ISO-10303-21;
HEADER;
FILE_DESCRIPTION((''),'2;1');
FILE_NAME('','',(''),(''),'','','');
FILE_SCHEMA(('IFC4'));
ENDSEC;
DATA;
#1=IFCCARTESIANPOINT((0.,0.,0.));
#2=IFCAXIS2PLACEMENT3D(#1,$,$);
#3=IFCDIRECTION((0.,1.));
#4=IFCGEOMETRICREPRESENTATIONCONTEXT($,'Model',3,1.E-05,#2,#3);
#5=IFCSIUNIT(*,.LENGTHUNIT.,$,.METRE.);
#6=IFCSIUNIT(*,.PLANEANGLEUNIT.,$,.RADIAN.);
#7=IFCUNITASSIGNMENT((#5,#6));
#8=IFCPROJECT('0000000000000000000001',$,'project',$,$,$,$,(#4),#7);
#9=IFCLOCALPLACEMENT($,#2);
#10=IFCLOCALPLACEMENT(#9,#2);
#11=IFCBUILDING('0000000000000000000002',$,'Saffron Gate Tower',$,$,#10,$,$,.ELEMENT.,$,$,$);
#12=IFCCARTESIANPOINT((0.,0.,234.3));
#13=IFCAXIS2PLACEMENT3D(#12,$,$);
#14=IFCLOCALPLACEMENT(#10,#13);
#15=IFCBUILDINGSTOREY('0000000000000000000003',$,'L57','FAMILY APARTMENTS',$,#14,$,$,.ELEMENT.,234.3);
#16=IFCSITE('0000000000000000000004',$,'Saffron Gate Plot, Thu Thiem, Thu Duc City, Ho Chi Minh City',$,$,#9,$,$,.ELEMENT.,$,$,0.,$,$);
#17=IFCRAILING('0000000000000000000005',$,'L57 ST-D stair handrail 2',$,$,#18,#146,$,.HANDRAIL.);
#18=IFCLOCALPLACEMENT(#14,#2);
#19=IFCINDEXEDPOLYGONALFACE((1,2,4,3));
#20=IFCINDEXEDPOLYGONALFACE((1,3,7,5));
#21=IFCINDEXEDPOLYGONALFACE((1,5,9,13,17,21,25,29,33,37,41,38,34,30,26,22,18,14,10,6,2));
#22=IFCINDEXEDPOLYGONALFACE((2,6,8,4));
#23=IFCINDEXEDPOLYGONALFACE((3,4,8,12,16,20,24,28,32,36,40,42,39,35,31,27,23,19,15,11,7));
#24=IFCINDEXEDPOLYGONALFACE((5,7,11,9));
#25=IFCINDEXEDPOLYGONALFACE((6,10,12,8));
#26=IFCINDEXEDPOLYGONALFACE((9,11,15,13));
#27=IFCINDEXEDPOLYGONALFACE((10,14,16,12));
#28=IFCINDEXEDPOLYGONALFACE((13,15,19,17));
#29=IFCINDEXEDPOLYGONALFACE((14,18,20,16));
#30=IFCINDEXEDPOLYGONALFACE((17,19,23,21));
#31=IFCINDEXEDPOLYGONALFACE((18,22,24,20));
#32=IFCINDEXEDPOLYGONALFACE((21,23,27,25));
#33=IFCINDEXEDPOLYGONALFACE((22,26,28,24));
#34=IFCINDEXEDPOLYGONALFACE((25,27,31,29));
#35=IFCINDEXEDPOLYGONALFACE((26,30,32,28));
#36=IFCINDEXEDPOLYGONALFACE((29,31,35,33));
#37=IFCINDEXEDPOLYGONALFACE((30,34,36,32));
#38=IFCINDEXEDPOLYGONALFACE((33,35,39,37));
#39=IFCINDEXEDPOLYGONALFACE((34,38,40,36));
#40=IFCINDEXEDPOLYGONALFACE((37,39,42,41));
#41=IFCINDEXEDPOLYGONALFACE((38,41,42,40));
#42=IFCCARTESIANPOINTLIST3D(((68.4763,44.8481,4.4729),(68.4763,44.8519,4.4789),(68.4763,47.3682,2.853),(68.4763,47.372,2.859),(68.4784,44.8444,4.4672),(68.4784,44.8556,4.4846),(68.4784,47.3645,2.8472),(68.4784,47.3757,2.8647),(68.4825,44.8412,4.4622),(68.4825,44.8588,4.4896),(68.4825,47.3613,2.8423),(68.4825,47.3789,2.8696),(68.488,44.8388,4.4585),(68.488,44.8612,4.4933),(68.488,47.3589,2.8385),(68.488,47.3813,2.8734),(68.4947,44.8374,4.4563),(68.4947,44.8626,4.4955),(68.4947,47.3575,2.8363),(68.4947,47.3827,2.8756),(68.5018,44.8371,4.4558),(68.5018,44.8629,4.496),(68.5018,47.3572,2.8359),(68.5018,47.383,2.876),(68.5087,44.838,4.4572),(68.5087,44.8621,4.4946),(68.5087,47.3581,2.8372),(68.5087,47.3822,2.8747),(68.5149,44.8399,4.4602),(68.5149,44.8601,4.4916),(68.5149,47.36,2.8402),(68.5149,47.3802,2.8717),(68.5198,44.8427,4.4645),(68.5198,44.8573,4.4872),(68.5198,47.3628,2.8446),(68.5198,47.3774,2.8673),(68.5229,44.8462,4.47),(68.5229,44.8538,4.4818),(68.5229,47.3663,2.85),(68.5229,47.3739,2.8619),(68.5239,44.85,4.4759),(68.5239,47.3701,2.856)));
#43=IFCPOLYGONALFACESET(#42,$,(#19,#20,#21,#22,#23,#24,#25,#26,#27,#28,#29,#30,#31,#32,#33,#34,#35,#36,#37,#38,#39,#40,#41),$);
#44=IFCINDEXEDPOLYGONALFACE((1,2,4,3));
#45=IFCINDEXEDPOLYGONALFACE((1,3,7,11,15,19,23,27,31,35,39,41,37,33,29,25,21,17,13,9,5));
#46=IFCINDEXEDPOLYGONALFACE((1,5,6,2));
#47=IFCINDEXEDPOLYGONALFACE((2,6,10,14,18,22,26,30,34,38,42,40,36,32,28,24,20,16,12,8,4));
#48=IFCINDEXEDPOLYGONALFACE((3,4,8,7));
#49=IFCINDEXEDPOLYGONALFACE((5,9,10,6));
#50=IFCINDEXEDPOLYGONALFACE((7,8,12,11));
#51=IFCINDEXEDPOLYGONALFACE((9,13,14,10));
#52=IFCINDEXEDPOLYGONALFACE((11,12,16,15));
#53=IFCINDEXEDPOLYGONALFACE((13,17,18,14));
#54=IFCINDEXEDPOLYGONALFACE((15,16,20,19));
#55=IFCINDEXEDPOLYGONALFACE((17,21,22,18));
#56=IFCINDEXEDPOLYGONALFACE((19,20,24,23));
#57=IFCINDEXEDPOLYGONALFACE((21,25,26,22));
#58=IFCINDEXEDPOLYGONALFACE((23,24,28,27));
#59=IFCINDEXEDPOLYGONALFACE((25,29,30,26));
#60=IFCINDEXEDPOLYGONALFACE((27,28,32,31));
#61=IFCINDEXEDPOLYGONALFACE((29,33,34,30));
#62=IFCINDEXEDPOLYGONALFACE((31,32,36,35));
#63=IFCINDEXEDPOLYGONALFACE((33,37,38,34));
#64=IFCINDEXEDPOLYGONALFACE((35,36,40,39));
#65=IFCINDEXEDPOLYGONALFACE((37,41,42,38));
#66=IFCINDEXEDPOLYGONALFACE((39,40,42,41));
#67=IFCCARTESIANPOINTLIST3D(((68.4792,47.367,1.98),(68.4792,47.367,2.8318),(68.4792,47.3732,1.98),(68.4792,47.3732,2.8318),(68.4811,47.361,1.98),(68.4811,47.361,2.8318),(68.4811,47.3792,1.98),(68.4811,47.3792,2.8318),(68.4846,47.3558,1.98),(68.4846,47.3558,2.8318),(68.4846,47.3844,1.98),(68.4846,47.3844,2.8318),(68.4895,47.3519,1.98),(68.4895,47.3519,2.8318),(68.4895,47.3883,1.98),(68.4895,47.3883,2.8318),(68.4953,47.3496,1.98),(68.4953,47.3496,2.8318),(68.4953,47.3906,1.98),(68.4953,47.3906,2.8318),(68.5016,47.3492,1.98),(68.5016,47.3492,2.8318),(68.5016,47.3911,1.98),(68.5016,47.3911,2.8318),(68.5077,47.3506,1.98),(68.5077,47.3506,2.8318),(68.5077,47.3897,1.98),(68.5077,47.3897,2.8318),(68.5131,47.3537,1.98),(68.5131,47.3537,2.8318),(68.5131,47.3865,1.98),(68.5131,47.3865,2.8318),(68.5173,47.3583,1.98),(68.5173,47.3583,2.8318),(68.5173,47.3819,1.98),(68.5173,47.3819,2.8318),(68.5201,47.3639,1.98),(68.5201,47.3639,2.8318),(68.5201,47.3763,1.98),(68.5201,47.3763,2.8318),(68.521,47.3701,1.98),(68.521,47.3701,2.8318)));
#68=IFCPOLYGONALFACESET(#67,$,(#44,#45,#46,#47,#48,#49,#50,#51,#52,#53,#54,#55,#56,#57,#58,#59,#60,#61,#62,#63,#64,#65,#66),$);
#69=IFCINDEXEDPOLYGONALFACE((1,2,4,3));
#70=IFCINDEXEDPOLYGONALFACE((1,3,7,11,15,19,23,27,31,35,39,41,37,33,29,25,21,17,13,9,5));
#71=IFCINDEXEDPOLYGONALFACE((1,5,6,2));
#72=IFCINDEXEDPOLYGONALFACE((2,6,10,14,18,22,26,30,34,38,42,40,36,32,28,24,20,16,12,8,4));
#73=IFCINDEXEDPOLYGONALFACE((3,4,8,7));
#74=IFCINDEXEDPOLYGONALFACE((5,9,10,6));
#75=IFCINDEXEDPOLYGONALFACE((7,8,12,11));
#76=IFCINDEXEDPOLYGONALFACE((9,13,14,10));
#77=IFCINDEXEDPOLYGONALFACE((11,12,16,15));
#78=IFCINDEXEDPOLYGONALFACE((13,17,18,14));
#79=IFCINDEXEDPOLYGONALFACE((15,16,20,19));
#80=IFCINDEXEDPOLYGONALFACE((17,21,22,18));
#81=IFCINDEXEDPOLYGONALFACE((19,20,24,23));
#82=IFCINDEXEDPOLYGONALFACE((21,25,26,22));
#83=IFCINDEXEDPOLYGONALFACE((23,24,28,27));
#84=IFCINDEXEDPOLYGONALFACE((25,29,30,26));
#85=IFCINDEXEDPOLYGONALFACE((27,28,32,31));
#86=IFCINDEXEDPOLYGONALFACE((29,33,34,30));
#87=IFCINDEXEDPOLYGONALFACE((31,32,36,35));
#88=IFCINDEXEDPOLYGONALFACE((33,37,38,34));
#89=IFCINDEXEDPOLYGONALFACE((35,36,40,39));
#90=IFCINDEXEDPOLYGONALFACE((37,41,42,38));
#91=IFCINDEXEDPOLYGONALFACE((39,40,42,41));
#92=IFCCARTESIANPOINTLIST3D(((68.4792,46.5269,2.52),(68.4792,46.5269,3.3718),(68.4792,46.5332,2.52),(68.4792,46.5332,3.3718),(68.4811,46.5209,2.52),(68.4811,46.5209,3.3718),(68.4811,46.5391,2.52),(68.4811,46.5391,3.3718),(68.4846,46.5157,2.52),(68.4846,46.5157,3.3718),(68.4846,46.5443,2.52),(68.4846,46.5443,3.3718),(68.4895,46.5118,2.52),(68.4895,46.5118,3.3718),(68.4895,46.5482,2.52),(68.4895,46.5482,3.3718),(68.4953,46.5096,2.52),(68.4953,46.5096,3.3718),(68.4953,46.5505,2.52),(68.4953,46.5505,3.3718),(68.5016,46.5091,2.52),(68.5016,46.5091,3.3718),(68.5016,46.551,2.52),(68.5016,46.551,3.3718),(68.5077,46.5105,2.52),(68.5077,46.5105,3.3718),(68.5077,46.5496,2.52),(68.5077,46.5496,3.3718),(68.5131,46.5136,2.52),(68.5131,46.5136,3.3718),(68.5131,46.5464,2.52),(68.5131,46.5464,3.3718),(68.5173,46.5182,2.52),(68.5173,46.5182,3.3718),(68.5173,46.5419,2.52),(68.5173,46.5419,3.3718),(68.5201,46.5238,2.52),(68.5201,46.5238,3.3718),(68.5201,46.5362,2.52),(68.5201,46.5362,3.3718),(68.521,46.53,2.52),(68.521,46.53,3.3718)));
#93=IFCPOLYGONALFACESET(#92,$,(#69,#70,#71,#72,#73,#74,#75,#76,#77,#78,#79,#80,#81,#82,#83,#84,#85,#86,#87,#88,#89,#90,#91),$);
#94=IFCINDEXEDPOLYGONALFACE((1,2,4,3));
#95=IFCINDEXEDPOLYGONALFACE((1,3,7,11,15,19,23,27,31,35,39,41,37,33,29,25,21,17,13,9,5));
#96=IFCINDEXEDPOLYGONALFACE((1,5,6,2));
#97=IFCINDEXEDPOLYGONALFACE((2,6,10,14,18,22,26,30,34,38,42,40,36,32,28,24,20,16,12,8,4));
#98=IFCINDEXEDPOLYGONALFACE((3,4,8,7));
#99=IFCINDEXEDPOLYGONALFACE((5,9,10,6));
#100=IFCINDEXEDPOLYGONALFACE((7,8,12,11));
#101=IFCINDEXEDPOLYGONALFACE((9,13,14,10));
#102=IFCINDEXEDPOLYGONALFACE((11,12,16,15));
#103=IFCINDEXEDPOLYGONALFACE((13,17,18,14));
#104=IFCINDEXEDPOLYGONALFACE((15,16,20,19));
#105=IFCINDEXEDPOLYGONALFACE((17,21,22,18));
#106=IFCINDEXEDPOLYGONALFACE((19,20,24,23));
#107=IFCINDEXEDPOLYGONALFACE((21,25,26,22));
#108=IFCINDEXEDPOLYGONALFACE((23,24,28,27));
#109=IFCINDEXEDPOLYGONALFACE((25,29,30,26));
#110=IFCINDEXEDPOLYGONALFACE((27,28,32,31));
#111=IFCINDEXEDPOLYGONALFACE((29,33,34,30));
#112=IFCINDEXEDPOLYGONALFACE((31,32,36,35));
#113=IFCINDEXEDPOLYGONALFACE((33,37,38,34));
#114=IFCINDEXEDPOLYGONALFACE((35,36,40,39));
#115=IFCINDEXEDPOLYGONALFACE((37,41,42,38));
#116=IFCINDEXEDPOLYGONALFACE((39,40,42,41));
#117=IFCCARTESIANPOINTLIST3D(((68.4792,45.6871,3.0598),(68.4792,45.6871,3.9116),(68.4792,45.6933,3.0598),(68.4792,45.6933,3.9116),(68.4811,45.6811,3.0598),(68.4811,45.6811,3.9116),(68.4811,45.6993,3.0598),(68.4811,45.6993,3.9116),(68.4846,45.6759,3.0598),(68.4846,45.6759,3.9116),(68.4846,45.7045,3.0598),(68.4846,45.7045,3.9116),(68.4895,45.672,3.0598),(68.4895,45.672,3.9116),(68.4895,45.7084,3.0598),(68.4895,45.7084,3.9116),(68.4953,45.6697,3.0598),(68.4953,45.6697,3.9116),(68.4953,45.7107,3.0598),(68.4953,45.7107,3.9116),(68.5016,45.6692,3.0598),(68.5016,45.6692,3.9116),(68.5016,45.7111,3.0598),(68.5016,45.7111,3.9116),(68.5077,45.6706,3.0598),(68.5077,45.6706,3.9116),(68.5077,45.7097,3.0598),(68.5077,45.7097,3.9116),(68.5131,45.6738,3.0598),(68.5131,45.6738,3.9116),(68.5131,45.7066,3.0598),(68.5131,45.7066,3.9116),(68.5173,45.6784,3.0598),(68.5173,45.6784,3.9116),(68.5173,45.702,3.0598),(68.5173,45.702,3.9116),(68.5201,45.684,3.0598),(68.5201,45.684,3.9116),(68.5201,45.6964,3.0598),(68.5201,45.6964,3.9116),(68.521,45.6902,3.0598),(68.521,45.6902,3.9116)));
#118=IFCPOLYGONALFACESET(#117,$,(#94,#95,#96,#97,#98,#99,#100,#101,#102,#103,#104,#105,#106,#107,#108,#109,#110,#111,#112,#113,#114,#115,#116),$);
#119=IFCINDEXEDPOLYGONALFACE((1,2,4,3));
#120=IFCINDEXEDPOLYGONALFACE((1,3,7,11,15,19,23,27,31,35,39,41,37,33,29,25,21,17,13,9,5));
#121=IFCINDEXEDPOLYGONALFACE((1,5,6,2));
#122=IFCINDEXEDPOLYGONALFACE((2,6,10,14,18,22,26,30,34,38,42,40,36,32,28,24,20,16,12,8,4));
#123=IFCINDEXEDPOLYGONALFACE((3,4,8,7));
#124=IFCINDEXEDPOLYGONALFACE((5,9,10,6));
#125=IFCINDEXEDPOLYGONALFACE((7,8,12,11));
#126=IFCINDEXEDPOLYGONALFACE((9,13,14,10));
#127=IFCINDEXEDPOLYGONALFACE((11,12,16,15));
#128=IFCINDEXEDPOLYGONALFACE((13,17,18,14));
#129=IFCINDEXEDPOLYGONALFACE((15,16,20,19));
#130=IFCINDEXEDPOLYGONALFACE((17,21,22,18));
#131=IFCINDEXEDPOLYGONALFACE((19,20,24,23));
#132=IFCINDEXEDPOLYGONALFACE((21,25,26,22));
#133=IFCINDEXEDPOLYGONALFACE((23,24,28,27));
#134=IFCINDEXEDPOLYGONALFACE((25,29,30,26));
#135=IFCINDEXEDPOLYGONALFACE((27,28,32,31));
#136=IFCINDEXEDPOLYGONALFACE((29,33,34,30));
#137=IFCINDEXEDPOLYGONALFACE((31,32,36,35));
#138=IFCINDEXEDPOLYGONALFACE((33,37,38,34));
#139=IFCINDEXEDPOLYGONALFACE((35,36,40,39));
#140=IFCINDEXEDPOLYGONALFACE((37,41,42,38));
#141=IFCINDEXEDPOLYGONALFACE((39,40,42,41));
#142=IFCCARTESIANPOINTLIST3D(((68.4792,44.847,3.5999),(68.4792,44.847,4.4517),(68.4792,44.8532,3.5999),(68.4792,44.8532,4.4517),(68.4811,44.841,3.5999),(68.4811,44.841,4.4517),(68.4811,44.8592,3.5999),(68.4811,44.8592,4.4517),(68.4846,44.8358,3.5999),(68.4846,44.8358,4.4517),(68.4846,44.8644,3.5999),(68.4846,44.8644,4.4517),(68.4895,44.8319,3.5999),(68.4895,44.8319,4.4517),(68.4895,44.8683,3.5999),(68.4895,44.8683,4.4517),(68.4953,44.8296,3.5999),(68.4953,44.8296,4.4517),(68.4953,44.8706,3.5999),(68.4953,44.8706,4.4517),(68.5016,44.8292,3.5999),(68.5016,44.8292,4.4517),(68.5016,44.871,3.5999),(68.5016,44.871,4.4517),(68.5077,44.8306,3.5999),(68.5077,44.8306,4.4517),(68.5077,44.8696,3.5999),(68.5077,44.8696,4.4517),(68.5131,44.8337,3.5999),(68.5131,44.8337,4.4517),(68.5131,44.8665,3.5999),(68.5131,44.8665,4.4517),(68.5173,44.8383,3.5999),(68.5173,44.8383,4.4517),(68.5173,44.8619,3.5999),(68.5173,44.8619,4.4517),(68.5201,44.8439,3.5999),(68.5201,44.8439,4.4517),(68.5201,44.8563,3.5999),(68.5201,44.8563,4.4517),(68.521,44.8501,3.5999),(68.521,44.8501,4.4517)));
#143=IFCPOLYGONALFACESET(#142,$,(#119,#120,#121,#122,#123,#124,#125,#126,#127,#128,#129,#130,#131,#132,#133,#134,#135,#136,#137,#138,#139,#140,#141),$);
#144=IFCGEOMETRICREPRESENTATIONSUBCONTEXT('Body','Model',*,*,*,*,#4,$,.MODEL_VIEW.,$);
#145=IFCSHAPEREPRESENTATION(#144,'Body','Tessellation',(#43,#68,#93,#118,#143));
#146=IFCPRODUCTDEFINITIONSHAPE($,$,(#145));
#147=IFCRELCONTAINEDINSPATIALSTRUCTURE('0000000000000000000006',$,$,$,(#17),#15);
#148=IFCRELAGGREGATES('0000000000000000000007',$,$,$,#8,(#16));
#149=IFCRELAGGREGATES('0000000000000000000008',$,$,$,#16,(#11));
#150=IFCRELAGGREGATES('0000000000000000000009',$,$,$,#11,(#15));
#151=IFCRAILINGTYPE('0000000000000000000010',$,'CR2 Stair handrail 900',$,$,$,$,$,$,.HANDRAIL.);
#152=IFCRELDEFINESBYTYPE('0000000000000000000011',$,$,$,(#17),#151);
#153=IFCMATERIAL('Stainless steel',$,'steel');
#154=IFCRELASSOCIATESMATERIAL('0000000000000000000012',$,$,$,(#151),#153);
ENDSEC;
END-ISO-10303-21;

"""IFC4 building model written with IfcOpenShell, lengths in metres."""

from ifc_helpers import new_model, si_unit, direction, frame, origin, origin_2d, place, context, subcontext, project, spatial, circle, extrude, material, type_object, element, save


model = new_model("IFC4")

# Units and contexts
model_context = context("Model", 3, precision=1e-05, world=origin(), true_north=direction((0.0, 1.0)))
body_context = subcontext(model_context, "Body", "Model", "MODEL_VIEW")
ifc_project = project(units=[si_unit("LENGTHUNIT", "METRE"), si_unit("PLANEANGLEUNIT", "RADIAN")], contexts=[model_context])

# Site, building, storey
site_placement = place(None, origin())
site = spatial("IfcSite", under=ifc_project, at=site_placement, Name="Saffron Gate Plot, Thu Thiem, Thu Duc City, Ho Chi Minh City", CompositionType="ELEMENT", RefElevation=0.0)
building_placement = place(site_placement, origin())
building = spatial("IfcBuilding", under=site, at=building_placement, Name="Saffron Gate Tower", CompositionType="ELEMENT")
storey_placement = place(building_placement, frame((0.0, 0.0, 234.3)))
storey = spatial("IfcBuildingStorey", under=building, at=storey_placement, Name="L57", Description="FAMILY APARTMENTS", CompositionType="ELEMENT", Elevation=234.3)

# Railing
ifc_material_1 = material(Name="Stainless steel", Category="steel")
railing_type_1 = type_object("IfcRailingType", Name="CR2 Stair handrail 900", PredefinedType="HANDRAIL", material=ifc_material_1)
railing_1_placement = place(storey_placement, frame((68.5, 47.3701, 1.98)))
element("IfcRailing", 1, at=railing_1_placement, inside=storey, type_object=railing_type_1, Name="L57 ST-D stair handrail 2", PredefinedType="HANDRAIL", context=body_context, shape_type="SweptSolid", body=[
    extrude(circle(Radius=0.0239, at=origin_2d()), frame((0.0, 0.0, 0.876), z_axis=(0.0, -0.8412, 0.540725), x_axis=(1.0, 0.0, 0.0)), (0.0, 0.0, 1.0), 2.9958),
    extrude(circle(Radius=0.021, at=origin_2d()), origin(), (0.0, 0.0, 1.0), 0.8518),
    extrude(circle(Radius=0.021, at=origin_2d()), frame((0.0, -0.8401, 0.54)), (0.0, 0.0, 1.0), 0.8518),
    extrude(circle(Radius=0.021, at=origin_2d()), frame((0.0, -1.6799, 1.0798)), (0.0, 0.0, 1.0), 0.8518),
    extrude(circle(Radius=0.021, at=origin_2d()), frame((0.0, -2.52, 1.6199)), (0.0, 0.0, 1.0), 0.8518),
])

save(model, "model.ifc")
